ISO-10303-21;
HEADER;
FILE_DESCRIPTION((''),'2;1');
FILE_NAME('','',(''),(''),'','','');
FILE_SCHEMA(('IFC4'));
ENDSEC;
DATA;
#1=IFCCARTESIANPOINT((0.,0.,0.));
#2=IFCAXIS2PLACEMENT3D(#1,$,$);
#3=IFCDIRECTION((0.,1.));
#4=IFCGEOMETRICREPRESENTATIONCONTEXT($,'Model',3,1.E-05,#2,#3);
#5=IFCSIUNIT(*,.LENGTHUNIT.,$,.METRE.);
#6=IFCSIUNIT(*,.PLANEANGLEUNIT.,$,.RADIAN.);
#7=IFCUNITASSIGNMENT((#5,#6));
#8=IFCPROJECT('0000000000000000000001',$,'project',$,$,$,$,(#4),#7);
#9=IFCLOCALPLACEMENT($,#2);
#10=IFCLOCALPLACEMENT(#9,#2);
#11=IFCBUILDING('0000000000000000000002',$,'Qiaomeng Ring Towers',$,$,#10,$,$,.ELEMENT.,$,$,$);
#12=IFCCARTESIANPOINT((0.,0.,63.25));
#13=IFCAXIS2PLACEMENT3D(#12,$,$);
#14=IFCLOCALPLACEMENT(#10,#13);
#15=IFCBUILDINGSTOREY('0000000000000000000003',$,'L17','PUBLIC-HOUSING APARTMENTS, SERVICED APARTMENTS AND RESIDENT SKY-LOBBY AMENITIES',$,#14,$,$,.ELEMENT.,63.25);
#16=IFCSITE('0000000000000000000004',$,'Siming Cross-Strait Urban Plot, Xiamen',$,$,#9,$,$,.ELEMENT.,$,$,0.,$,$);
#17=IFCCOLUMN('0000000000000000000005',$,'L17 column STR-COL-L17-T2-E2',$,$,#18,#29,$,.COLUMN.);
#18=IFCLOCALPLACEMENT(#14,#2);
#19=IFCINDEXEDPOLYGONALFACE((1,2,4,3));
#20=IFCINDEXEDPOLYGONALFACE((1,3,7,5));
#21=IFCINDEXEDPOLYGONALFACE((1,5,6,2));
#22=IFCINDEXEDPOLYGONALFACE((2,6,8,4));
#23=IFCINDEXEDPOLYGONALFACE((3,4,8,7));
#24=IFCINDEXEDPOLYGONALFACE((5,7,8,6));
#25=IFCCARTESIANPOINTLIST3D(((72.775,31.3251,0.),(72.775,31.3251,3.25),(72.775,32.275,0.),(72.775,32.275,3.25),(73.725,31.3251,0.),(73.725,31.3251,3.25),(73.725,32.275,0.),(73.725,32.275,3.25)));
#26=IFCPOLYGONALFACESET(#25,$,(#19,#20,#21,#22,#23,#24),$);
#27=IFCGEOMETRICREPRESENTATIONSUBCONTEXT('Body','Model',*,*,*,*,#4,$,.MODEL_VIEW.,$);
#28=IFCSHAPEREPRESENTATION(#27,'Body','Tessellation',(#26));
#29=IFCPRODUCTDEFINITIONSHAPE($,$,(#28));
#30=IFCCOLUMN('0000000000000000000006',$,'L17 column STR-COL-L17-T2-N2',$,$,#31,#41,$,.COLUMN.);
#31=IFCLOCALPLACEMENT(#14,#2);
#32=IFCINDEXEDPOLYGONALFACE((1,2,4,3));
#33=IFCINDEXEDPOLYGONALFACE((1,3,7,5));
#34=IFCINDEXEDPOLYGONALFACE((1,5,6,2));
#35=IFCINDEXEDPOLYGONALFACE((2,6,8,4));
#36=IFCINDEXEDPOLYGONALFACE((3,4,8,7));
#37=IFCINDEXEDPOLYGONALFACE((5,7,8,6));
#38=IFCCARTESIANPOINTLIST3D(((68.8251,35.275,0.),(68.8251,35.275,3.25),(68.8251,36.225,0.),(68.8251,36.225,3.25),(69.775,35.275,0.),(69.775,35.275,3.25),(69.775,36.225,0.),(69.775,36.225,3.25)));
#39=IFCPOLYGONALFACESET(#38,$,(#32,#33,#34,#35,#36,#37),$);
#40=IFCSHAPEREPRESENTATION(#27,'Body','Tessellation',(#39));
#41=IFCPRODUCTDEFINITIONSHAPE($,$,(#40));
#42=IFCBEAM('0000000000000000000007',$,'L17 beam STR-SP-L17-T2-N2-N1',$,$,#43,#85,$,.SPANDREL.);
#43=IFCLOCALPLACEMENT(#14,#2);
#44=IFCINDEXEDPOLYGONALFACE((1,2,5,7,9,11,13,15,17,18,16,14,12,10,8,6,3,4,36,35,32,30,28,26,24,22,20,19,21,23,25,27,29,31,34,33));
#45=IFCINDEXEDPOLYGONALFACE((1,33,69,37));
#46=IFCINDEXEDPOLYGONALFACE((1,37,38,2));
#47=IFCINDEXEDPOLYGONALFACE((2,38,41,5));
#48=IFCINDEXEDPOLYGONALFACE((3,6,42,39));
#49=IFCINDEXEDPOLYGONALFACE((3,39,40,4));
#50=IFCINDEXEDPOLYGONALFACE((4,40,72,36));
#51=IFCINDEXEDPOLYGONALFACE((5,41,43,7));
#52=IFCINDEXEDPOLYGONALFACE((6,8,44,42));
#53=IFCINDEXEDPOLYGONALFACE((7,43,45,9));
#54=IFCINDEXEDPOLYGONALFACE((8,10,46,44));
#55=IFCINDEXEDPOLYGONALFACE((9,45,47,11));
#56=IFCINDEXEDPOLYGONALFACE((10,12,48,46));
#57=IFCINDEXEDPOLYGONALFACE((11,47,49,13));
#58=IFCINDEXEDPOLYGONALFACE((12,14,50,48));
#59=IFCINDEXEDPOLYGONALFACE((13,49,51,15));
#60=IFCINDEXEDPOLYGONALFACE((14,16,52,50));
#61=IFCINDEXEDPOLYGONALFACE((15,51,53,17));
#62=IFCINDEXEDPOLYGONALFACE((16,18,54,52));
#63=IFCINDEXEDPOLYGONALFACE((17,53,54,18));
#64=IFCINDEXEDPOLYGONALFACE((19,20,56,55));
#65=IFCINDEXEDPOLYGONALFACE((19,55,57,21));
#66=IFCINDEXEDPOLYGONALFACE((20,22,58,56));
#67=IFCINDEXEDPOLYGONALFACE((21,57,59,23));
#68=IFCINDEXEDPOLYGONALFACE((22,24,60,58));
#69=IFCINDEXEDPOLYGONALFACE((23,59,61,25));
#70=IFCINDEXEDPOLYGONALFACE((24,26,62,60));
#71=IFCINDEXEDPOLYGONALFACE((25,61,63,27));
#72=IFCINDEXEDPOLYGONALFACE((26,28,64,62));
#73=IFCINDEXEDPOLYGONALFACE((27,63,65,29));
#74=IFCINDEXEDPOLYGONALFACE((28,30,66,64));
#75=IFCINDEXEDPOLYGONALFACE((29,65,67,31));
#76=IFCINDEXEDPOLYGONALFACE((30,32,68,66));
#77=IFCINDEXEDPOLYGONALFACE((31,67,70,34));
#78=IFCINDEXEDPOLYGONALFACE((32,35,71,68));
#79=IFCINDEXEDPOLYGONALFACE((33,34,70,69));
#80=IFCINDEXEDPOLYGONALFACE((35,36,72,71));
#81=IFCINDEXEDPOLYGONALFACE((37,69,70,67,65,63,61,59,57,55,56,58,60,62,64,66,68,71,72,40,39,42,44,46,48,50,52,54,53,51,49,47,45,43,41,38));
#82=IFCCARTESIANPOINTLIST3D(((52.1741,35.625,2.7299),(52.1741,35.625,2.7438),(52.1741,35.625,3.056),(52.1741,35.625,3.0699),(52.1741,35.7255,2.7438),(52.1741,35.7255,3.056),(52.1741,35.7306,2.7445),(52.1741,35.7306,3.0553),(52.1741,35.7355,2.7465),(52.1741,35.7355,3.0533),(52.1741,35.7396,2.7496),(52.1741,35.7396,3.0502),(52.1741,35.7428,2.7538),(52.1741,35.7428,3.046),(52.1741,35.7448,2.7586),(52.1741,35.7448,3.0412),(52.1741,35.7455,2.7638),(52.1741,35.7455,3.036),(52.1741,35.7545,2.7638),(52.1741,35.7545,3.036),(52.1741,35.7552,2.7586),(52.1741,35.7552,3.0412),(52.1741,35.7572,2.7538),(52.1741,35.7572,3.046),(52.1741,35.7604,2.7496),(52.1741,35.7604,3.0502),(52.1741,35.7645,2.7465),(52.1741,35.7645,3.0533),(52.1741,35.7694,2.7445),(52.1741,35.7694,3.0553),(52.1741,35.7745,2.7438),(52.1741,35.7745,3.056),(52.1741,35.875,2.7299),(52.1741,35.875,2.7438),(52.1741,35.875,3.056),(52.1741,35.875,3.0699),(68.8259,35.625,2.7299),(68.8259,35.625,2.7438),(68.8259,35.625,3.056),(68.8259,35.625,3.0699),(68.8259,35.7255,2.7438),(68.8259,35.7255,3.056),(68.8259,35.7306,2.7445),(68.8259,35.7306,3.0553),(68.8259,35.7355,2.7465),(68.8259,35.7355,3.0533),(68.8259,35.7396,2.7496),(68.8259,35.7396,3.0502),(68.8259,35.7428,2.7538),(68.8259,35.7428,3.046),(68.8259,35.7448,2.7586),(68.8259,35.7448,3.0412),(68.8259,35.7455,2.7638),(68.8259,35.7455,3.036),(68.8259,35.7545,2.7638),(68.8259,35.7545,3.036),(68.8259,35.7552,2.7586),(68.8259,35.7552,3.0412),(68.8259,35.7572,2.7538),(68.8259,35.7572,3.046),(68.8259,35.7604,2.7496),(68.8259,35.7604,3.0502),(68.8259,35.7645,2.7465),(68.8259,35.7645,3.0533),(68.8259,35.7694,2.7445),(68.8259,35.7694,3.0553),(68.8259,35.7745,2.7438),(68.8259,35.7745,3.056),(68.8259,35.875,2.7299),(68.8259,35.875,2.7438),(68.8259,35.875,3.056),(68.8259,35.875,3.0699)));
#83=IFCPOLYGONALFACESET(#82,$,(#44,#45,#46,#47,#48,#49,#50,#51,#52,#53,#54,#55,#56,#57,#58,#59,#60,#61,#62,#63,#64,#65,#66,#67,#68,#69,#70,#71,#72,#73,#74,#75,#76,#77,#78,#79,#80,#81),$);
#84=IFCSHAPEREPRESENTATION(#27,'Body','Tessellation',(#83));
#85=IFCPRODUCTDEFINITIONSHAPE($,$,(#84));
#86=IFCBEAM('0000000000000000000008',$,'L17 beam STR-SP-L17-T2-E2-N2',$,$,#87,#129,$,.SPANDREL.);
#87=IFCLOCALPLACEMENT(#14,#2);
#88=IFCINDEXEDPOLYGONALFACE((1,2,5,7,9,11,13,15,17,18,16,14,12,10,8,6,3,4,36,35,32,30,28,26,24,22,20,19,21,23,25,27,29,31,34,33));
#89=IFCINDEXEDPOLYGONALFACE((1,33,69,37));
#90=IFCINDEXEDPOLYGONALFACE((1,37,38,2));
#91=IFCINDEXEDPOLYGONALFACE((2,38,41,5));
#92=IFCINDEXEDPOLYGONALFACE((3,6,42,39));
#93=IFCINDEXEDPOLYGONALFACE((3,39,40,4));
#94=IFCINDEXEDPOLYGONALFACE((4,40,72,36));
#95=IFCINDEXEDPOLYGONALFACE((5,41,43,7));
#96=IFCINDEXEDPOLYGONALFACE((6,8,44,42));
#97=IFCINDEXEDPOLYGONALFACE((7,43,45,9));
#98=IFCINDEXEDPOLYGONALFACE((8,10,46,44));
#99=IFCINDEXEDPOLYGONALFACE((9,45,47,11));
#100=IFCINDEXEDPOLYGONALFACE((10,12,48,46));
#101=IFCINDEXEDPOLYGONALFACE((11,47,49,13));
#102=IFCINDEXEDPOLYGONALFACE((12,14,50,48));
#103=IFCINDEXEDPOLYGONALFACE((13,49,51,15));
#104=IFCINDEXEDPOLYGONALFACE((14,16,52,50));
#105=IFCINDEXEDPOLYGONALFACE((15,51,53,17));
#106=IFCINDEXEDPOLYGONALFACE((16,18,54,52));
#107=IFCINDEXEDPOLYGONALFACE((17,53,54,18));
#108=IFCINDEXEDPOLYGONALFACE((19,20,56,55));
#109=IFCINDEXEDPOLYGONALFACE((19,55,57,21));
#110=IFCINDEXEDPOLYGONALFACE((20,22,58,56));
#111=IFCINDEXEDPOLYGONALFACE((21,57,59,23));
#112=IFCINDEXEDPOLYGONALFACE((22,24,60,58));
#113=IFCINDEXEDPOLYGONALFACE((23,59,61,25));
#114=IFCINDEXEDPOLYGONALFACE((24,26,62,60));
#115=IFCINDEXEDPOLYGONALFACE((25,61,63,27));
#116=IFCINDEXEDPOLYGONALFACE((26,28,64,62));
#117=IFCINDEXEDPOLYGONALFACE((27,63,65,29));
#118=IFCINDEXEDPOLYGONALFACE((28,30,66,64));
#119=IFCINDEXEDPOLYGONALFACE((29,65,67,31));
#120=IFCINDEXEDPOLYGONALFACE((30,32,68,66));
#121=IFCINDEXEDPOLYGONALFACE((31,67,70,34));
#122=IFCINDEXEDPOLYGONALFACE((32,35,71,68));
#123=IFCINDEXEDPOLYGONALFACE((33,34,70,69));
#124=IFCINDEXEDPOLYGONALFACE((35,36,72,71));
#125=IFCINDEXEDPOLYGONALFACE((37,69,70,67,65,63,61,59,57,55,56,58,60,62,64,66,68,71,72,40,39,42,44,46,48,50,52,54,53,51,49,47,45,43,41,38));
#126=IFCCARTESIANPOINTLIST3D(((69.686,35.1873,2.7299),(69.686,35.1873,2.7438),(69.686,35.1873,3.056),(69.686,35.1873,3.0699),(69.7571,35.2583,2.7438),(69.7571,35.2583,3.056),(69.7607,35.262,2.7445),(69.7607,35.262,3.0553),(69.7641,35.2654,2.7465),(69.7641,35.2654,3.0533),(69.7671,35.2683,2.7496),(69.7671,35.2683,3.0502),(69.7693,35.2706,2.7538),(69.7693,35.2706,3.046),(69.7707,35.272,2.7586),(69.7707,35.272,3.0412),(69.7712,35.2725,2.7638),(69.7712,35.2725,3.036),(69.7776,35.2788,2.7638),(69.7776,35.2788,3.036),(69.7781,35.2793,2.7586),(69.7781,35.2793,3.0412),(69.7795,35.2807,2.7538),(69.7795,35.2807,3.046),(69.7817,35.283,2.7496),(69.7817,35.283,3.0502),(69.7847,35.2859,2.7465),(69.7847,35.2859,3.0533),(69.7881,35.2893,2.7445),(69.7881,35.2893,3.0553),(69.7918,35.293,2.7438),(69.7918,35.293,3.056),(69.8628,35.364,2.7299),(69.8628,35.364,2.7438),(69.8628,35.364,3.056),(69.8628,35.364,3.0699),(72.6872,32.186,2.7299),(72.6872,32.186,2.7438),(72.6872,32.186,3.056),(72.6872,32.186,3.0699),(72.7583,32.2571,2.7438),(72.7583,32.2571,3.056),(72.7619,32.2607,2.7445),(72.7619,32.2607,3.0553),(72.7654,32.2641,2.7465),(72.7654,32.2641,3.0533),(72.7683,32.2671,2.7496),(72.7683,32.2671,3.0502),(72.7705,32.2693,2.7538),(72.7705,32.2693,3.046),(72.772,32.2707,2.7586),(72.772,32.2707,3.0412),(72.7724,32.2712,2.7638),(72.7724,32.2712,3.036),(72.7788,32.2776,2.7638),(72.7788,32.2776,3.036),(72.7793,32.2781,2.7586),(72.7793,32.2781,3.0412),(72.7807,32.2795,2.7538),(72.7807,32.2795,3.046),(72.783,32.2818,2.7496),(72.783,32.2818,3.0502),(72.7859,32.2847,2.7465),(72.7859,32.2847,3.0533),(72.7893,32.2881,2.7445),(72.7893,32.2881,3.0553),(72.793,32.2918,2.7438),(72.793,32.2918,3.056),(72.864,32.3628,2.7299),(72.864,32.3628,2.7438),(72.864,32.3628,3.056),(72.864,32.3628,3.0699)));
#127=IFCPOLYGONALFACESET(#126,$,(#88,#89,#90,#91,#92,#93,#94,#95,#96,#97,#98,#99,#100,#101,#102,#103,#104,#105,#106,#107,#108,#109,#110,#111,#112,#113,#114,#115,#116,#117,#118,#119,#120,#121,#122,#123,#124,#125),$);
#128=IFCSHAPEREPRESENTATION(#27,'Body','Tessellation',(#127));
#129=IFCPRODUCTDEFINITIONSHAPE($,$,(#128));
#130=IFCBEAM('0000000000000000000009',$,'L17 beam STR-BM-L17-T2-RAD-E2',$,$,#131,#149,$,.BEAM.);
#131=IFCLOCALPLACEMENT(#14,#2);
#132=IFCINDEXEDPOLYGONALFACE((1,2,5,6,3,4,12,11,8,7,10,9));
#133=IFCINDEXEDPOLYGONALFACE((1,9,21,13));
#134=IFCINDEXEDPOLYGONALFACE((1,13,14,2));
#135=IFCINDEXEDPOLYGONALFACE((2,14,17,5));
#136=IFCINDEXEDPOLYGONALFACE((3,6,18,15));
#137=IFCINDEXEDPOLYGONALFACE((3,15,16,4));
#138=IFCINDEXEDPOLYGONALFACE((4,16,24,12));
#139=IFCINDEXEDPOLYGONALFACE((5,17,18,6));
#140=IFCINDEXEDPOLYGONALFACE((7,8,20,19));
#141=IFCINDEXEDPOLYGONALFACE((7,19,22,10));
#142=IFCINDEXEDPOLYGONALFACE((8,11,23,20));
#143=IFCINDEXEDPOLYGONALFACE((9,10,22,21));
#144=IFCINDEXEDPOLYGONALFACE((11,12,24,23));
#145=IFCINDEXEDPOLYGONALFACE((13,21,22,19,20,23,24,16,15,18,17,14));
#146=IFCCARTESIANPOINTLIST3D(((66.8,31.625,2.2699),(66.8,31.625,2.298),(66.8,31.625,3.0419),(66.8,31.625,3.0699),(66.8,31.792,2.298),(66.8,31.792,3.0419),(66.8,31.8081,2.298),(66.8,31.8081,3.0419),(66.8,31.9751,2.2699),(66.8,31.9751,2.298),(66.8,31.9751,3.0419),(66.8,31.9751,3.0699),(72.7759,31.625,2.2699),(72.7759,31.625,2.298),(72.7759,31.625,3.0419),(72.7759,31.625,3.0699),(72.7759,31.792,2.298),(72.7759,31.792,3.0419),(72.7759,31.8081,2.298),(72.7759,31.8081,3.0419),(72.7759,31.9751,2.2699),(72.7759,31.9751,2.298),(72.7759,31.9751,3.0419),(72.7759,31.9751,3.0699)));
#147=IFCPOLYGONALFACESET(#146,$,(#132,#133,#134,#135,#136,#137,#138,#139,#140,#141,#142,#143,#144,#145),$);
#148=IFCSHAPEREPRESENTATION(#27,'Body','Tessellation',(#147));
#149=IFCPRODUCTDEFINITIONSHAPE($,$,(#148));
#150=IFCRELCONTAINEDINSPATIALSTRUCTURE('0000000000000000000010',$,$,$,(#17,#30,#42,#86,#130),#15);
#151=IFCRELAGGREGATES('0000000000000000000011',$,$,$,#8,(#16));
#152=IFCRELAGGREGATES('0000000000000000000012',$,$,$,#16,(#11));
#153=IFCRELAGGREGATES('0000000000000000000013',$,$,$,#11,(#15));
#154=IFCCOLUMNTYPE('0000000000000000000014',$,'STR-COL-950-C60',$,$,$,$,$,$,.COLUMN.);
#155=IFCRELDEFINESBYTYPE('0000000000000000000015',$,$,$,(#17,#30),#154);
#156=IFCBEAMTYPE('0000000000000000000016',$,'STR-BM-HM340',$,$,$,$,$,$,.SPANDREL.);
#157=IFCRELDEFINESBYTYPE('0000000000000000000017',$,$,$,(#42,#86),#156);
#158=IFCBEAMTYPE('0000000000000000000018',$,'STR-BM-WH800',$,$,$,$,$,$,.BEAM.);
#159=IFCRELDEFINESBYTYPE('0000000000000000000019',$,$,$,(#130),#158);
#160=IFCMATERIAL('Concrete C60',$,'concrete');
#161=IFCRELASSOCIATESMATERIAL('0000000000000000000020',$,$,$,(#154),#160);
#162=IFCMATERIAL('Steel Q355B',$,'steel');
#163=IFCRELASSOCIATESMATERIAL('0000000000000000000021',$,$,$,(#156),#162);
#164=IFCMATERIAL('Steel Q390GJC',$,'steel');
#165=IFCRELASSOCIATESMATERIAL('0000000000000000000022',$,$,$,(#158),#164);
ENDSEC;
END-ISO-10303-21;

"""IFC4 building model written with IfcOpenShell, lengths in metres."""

from ifc_helpers import new_model, si_unit, direction, frame, origin, origin_2d, place, context, subcontext, project, spatial, rectangle, i_section, extrude, source, transform, mapped, material, material_profile, profile_set, type_object, element, save


model = new_model("IFC4")

# Units and contexts
model_context = context("Model", 3, precision=1e-05, world=origin(), true_north=direction((0.0, 1.0)))
body_context = subcontext(model_context, "Body", "Model", "MODEL_VIEW")
ifc_project = project(units=[si_unit("LENGTHUNIT", "METRE"), si_unit("PLANEANGLEUNIT", "RADIAN")], contexts=[model_context])

# Site, building, storey
site_placement = place(None, origin())
site = spatial("IfcSite", under=ifc_project, at=site_placement, Name="Siming Cross-Strait Urban Plot, Xiamen", CompositionType="ELEMENT", RefElevation=0.0)
building_placement = place(site_placement, origin())
building = spatial("IfcBuilding", under=site, at=building_placement, Name="Qiaomeng Ring Towers", CompositionType="ELEMENT")
storey_placement = place(building_placement, frame((0.0, 0.0, 63.25)))
storey = spatial("IfcBuildingStorey", under=building, at=storey_placement, Name="L17", Description="PUBLIC-HOUSING APARTMENTS, SERVICED APARTMENTS AND RESIDENT SKY-LOBBY AMENITIES", CompositionType="ELEMENT", Elevation=63.25)

# Columns
ifc_material_1 = material(Name="Concrete C60", Category="concrete")
ifc_material_profile_1 = material_profile(ifc_material_1, rectangle(XDim=0.95, YDim=0.95, at=origin_2d()), Name="RC COL 950x950")
ifc_profile_set_1 = profile_set([ifc_material_profile_1], Name="Concrete C60")
column_type = type_object("IfcColumnType", Name="STR-COL-950-C60", PredefinedType="COLUMN", material=ifc_profile_set_1)
shared_shape_1 = source(origin(), body_context, "Body", "SweptSolid", [
    extrude(rectangle(XDim=0.95, YDim=0.95, at=origin_2d()), origin(), (0.0, 0.0, 1.0), 3.25),
])
for number, where, z_axis, x_axis, name in (
    (1, (73.25, 31.8, 0.0), (0.0, 0.0, 1.0), (1.0, 0.0, 0.0), "L17 column STR-COL-L17-T2-E2"),
    (2, (69.3, 35.75, 0.0), (0.0, 0.0, 1.0), (1.0, 0.0, 0.0), "L17 column STR-COL-L17-T2-N2"),
):
    element("IfcColumn", number, at=place(storey_placement, frame(where, z_axis=z_axis, x_axis=x_axis)), inside=storey, type_object=column_type, Name=name, PredefinedType="COLUMN", context=body_context, shape_type="MappedRepresentation", body=[
        mapped(shared_shape_1, transform((0.0, 0.0, 0.0), x_axis=(1.0, 0.0, 0.0), y_axis=(0.0, 1.0, 0.0), z_axis=(0.0, 0.0, 1.0), scale=1.0)),
    ])

# Beams
ifc_material_2 = material(Name="Steel Q355B", Category="steel")
ifc_material_profile_2 = material_profile(ifc_material_2, i_section(OverallWidth=0.25, OverallDepth=0.3401, WebThickness=0.009, FlangeThickness=0.0139, FilletRadius=0.02, at=origin_2d()), Name="HM 340x250x9x14")
ifc_profile_set_2 = profile_set([ifc_material_profile_2], Name="Steel Q355B")
beam_type_1 = type_object("IfcBeamType", Name="STR-BM-HM340", PredefinedType="SPANDREL", material=ifc_profile_set_2)
shared_shape_2 = source(origin(), body_context, "Body", "SweptSolid", [
    extrude(i_section(OverallWidth=0.25, OverallDepth=0.3401, WebThickness=0.009, FlangeThickness=0.0139, FilletRadius=0.02, at=origin_2d()), origin(), (0.0, 0.0, 1.0), 16.6519),
])
beam_1_placement = place(storey_placement, frame((68.8259, 35.75, 2.8999), z_axis=(-1.0, 0.0, 0.0), x_axis=(0.0, -1.0, 0.0)))
element("IfcBeam", 3, at=beam_1_placement, inside=storey, type_object=beam_type_1, Name="L17 beam STR-SP-L17-T2-N2-N1", PredefinedType="SPANDREL", context=body_context, shape_type="MappedRepresentation", body=[
    mapped(shared_shape_2, transform((0.0, 0.0, 0.0), x_axis=(1.0, 0.0, 0.0), y_axis=(0.0, 1.0, 0.0), z_axis=(0.0, 0.0, 1.0), scale=1.0)),
])
shared_shape_3 = source(origin(), body_context, "Body", "SweptSolid", [
    extrude(i_section(OverallWidth=0.25, OverallDepth=0.3401, WebThickness=0.009, FlangeThickness=0.0139, FilletRadius=0.02, at=origin_2d()), origin(), (0.0, 0.0, 1.0), 4.2444),
])
beam_2_placement = place(storey_placement, frame((72.7756, 32.2744, 2.8999), z_axis=(-0.707107, 0.707107, 0.0), x_axis=(-0.707107, -0.707107, 0.0)))
element("IfcBeam", 4, at=beam_2_placement, inside=storey, type_object=beam_type_1, Name="L17 beam STR-SP-L17-T2-E2-N2", PredefinedType="SPANDREL", context=body_context, shape_type="MappedRepresentation", body=[
    mapped(shared_shape_3, transform((0.0, 0.0, 0.0), x_axis=(1.0, 0.0, 0.0), y_axis=(0.0, 1.0, 0.0), z_axis=(0.0, 0.0, 1.0), scale=1.0)),
])
ifc_material_3 = material(Name="Steel Q390GJC", Category="steel")
ifc_material_profile_3 = material_profile(ifc_material_3, i_section(OverallWidth=0.3501, OverallDepth=0.8, WebThickness=0.0161, FlangeThickness=0.0281, at=origin_2d()), Name="WH 800x350x16x28")
ifc_profile_set_3 = profile_set([ifc_material_profile_3], Name="Steel Q390GJC")
beam_type_2 = type_object("IfcBeamType", Name="STR-BM-WH800", PredefinedType="BEAM", material=ifc_profile_set_3)
shared_shape_4 = source(origin(), body_context, "Body", "SweptSolid", [
    extrude(i_section(OverallWidth=0.3501, OverallDepth=0.8, WebThickness=0.0161, FlangeThickness=0.0281, at=origin_2d()), origin(), (0.0, 0.0, 1.0), 5.9758),
])
beam_3_placement = place(storey_placement, frame((66.8, 31.8, 2.6699), z_axis=(1.0, 0.0, 0.0), x_axis=(0.0, 1.0, 0.0)))
element("IfcBeam", 5, at=beam_3_placement, inside=storey, type_object=beam_type_2, Name="L17 beam STR-BM-L17-T2-RAD-E2", PredefinedType="BEAM", context=body_context, shape_type="MappedRepresentation", body=[
    mapped(shared_shape_4, transform((0.0, 0.0, 0.0), x_axis=(1.0, 0.0, 0.0), y_axis=(0.0, 1.0, 0.0), z_axis=(0.0, 0.0, 1.0), scale=1.0)),
])

save(model, "model.ifc")
